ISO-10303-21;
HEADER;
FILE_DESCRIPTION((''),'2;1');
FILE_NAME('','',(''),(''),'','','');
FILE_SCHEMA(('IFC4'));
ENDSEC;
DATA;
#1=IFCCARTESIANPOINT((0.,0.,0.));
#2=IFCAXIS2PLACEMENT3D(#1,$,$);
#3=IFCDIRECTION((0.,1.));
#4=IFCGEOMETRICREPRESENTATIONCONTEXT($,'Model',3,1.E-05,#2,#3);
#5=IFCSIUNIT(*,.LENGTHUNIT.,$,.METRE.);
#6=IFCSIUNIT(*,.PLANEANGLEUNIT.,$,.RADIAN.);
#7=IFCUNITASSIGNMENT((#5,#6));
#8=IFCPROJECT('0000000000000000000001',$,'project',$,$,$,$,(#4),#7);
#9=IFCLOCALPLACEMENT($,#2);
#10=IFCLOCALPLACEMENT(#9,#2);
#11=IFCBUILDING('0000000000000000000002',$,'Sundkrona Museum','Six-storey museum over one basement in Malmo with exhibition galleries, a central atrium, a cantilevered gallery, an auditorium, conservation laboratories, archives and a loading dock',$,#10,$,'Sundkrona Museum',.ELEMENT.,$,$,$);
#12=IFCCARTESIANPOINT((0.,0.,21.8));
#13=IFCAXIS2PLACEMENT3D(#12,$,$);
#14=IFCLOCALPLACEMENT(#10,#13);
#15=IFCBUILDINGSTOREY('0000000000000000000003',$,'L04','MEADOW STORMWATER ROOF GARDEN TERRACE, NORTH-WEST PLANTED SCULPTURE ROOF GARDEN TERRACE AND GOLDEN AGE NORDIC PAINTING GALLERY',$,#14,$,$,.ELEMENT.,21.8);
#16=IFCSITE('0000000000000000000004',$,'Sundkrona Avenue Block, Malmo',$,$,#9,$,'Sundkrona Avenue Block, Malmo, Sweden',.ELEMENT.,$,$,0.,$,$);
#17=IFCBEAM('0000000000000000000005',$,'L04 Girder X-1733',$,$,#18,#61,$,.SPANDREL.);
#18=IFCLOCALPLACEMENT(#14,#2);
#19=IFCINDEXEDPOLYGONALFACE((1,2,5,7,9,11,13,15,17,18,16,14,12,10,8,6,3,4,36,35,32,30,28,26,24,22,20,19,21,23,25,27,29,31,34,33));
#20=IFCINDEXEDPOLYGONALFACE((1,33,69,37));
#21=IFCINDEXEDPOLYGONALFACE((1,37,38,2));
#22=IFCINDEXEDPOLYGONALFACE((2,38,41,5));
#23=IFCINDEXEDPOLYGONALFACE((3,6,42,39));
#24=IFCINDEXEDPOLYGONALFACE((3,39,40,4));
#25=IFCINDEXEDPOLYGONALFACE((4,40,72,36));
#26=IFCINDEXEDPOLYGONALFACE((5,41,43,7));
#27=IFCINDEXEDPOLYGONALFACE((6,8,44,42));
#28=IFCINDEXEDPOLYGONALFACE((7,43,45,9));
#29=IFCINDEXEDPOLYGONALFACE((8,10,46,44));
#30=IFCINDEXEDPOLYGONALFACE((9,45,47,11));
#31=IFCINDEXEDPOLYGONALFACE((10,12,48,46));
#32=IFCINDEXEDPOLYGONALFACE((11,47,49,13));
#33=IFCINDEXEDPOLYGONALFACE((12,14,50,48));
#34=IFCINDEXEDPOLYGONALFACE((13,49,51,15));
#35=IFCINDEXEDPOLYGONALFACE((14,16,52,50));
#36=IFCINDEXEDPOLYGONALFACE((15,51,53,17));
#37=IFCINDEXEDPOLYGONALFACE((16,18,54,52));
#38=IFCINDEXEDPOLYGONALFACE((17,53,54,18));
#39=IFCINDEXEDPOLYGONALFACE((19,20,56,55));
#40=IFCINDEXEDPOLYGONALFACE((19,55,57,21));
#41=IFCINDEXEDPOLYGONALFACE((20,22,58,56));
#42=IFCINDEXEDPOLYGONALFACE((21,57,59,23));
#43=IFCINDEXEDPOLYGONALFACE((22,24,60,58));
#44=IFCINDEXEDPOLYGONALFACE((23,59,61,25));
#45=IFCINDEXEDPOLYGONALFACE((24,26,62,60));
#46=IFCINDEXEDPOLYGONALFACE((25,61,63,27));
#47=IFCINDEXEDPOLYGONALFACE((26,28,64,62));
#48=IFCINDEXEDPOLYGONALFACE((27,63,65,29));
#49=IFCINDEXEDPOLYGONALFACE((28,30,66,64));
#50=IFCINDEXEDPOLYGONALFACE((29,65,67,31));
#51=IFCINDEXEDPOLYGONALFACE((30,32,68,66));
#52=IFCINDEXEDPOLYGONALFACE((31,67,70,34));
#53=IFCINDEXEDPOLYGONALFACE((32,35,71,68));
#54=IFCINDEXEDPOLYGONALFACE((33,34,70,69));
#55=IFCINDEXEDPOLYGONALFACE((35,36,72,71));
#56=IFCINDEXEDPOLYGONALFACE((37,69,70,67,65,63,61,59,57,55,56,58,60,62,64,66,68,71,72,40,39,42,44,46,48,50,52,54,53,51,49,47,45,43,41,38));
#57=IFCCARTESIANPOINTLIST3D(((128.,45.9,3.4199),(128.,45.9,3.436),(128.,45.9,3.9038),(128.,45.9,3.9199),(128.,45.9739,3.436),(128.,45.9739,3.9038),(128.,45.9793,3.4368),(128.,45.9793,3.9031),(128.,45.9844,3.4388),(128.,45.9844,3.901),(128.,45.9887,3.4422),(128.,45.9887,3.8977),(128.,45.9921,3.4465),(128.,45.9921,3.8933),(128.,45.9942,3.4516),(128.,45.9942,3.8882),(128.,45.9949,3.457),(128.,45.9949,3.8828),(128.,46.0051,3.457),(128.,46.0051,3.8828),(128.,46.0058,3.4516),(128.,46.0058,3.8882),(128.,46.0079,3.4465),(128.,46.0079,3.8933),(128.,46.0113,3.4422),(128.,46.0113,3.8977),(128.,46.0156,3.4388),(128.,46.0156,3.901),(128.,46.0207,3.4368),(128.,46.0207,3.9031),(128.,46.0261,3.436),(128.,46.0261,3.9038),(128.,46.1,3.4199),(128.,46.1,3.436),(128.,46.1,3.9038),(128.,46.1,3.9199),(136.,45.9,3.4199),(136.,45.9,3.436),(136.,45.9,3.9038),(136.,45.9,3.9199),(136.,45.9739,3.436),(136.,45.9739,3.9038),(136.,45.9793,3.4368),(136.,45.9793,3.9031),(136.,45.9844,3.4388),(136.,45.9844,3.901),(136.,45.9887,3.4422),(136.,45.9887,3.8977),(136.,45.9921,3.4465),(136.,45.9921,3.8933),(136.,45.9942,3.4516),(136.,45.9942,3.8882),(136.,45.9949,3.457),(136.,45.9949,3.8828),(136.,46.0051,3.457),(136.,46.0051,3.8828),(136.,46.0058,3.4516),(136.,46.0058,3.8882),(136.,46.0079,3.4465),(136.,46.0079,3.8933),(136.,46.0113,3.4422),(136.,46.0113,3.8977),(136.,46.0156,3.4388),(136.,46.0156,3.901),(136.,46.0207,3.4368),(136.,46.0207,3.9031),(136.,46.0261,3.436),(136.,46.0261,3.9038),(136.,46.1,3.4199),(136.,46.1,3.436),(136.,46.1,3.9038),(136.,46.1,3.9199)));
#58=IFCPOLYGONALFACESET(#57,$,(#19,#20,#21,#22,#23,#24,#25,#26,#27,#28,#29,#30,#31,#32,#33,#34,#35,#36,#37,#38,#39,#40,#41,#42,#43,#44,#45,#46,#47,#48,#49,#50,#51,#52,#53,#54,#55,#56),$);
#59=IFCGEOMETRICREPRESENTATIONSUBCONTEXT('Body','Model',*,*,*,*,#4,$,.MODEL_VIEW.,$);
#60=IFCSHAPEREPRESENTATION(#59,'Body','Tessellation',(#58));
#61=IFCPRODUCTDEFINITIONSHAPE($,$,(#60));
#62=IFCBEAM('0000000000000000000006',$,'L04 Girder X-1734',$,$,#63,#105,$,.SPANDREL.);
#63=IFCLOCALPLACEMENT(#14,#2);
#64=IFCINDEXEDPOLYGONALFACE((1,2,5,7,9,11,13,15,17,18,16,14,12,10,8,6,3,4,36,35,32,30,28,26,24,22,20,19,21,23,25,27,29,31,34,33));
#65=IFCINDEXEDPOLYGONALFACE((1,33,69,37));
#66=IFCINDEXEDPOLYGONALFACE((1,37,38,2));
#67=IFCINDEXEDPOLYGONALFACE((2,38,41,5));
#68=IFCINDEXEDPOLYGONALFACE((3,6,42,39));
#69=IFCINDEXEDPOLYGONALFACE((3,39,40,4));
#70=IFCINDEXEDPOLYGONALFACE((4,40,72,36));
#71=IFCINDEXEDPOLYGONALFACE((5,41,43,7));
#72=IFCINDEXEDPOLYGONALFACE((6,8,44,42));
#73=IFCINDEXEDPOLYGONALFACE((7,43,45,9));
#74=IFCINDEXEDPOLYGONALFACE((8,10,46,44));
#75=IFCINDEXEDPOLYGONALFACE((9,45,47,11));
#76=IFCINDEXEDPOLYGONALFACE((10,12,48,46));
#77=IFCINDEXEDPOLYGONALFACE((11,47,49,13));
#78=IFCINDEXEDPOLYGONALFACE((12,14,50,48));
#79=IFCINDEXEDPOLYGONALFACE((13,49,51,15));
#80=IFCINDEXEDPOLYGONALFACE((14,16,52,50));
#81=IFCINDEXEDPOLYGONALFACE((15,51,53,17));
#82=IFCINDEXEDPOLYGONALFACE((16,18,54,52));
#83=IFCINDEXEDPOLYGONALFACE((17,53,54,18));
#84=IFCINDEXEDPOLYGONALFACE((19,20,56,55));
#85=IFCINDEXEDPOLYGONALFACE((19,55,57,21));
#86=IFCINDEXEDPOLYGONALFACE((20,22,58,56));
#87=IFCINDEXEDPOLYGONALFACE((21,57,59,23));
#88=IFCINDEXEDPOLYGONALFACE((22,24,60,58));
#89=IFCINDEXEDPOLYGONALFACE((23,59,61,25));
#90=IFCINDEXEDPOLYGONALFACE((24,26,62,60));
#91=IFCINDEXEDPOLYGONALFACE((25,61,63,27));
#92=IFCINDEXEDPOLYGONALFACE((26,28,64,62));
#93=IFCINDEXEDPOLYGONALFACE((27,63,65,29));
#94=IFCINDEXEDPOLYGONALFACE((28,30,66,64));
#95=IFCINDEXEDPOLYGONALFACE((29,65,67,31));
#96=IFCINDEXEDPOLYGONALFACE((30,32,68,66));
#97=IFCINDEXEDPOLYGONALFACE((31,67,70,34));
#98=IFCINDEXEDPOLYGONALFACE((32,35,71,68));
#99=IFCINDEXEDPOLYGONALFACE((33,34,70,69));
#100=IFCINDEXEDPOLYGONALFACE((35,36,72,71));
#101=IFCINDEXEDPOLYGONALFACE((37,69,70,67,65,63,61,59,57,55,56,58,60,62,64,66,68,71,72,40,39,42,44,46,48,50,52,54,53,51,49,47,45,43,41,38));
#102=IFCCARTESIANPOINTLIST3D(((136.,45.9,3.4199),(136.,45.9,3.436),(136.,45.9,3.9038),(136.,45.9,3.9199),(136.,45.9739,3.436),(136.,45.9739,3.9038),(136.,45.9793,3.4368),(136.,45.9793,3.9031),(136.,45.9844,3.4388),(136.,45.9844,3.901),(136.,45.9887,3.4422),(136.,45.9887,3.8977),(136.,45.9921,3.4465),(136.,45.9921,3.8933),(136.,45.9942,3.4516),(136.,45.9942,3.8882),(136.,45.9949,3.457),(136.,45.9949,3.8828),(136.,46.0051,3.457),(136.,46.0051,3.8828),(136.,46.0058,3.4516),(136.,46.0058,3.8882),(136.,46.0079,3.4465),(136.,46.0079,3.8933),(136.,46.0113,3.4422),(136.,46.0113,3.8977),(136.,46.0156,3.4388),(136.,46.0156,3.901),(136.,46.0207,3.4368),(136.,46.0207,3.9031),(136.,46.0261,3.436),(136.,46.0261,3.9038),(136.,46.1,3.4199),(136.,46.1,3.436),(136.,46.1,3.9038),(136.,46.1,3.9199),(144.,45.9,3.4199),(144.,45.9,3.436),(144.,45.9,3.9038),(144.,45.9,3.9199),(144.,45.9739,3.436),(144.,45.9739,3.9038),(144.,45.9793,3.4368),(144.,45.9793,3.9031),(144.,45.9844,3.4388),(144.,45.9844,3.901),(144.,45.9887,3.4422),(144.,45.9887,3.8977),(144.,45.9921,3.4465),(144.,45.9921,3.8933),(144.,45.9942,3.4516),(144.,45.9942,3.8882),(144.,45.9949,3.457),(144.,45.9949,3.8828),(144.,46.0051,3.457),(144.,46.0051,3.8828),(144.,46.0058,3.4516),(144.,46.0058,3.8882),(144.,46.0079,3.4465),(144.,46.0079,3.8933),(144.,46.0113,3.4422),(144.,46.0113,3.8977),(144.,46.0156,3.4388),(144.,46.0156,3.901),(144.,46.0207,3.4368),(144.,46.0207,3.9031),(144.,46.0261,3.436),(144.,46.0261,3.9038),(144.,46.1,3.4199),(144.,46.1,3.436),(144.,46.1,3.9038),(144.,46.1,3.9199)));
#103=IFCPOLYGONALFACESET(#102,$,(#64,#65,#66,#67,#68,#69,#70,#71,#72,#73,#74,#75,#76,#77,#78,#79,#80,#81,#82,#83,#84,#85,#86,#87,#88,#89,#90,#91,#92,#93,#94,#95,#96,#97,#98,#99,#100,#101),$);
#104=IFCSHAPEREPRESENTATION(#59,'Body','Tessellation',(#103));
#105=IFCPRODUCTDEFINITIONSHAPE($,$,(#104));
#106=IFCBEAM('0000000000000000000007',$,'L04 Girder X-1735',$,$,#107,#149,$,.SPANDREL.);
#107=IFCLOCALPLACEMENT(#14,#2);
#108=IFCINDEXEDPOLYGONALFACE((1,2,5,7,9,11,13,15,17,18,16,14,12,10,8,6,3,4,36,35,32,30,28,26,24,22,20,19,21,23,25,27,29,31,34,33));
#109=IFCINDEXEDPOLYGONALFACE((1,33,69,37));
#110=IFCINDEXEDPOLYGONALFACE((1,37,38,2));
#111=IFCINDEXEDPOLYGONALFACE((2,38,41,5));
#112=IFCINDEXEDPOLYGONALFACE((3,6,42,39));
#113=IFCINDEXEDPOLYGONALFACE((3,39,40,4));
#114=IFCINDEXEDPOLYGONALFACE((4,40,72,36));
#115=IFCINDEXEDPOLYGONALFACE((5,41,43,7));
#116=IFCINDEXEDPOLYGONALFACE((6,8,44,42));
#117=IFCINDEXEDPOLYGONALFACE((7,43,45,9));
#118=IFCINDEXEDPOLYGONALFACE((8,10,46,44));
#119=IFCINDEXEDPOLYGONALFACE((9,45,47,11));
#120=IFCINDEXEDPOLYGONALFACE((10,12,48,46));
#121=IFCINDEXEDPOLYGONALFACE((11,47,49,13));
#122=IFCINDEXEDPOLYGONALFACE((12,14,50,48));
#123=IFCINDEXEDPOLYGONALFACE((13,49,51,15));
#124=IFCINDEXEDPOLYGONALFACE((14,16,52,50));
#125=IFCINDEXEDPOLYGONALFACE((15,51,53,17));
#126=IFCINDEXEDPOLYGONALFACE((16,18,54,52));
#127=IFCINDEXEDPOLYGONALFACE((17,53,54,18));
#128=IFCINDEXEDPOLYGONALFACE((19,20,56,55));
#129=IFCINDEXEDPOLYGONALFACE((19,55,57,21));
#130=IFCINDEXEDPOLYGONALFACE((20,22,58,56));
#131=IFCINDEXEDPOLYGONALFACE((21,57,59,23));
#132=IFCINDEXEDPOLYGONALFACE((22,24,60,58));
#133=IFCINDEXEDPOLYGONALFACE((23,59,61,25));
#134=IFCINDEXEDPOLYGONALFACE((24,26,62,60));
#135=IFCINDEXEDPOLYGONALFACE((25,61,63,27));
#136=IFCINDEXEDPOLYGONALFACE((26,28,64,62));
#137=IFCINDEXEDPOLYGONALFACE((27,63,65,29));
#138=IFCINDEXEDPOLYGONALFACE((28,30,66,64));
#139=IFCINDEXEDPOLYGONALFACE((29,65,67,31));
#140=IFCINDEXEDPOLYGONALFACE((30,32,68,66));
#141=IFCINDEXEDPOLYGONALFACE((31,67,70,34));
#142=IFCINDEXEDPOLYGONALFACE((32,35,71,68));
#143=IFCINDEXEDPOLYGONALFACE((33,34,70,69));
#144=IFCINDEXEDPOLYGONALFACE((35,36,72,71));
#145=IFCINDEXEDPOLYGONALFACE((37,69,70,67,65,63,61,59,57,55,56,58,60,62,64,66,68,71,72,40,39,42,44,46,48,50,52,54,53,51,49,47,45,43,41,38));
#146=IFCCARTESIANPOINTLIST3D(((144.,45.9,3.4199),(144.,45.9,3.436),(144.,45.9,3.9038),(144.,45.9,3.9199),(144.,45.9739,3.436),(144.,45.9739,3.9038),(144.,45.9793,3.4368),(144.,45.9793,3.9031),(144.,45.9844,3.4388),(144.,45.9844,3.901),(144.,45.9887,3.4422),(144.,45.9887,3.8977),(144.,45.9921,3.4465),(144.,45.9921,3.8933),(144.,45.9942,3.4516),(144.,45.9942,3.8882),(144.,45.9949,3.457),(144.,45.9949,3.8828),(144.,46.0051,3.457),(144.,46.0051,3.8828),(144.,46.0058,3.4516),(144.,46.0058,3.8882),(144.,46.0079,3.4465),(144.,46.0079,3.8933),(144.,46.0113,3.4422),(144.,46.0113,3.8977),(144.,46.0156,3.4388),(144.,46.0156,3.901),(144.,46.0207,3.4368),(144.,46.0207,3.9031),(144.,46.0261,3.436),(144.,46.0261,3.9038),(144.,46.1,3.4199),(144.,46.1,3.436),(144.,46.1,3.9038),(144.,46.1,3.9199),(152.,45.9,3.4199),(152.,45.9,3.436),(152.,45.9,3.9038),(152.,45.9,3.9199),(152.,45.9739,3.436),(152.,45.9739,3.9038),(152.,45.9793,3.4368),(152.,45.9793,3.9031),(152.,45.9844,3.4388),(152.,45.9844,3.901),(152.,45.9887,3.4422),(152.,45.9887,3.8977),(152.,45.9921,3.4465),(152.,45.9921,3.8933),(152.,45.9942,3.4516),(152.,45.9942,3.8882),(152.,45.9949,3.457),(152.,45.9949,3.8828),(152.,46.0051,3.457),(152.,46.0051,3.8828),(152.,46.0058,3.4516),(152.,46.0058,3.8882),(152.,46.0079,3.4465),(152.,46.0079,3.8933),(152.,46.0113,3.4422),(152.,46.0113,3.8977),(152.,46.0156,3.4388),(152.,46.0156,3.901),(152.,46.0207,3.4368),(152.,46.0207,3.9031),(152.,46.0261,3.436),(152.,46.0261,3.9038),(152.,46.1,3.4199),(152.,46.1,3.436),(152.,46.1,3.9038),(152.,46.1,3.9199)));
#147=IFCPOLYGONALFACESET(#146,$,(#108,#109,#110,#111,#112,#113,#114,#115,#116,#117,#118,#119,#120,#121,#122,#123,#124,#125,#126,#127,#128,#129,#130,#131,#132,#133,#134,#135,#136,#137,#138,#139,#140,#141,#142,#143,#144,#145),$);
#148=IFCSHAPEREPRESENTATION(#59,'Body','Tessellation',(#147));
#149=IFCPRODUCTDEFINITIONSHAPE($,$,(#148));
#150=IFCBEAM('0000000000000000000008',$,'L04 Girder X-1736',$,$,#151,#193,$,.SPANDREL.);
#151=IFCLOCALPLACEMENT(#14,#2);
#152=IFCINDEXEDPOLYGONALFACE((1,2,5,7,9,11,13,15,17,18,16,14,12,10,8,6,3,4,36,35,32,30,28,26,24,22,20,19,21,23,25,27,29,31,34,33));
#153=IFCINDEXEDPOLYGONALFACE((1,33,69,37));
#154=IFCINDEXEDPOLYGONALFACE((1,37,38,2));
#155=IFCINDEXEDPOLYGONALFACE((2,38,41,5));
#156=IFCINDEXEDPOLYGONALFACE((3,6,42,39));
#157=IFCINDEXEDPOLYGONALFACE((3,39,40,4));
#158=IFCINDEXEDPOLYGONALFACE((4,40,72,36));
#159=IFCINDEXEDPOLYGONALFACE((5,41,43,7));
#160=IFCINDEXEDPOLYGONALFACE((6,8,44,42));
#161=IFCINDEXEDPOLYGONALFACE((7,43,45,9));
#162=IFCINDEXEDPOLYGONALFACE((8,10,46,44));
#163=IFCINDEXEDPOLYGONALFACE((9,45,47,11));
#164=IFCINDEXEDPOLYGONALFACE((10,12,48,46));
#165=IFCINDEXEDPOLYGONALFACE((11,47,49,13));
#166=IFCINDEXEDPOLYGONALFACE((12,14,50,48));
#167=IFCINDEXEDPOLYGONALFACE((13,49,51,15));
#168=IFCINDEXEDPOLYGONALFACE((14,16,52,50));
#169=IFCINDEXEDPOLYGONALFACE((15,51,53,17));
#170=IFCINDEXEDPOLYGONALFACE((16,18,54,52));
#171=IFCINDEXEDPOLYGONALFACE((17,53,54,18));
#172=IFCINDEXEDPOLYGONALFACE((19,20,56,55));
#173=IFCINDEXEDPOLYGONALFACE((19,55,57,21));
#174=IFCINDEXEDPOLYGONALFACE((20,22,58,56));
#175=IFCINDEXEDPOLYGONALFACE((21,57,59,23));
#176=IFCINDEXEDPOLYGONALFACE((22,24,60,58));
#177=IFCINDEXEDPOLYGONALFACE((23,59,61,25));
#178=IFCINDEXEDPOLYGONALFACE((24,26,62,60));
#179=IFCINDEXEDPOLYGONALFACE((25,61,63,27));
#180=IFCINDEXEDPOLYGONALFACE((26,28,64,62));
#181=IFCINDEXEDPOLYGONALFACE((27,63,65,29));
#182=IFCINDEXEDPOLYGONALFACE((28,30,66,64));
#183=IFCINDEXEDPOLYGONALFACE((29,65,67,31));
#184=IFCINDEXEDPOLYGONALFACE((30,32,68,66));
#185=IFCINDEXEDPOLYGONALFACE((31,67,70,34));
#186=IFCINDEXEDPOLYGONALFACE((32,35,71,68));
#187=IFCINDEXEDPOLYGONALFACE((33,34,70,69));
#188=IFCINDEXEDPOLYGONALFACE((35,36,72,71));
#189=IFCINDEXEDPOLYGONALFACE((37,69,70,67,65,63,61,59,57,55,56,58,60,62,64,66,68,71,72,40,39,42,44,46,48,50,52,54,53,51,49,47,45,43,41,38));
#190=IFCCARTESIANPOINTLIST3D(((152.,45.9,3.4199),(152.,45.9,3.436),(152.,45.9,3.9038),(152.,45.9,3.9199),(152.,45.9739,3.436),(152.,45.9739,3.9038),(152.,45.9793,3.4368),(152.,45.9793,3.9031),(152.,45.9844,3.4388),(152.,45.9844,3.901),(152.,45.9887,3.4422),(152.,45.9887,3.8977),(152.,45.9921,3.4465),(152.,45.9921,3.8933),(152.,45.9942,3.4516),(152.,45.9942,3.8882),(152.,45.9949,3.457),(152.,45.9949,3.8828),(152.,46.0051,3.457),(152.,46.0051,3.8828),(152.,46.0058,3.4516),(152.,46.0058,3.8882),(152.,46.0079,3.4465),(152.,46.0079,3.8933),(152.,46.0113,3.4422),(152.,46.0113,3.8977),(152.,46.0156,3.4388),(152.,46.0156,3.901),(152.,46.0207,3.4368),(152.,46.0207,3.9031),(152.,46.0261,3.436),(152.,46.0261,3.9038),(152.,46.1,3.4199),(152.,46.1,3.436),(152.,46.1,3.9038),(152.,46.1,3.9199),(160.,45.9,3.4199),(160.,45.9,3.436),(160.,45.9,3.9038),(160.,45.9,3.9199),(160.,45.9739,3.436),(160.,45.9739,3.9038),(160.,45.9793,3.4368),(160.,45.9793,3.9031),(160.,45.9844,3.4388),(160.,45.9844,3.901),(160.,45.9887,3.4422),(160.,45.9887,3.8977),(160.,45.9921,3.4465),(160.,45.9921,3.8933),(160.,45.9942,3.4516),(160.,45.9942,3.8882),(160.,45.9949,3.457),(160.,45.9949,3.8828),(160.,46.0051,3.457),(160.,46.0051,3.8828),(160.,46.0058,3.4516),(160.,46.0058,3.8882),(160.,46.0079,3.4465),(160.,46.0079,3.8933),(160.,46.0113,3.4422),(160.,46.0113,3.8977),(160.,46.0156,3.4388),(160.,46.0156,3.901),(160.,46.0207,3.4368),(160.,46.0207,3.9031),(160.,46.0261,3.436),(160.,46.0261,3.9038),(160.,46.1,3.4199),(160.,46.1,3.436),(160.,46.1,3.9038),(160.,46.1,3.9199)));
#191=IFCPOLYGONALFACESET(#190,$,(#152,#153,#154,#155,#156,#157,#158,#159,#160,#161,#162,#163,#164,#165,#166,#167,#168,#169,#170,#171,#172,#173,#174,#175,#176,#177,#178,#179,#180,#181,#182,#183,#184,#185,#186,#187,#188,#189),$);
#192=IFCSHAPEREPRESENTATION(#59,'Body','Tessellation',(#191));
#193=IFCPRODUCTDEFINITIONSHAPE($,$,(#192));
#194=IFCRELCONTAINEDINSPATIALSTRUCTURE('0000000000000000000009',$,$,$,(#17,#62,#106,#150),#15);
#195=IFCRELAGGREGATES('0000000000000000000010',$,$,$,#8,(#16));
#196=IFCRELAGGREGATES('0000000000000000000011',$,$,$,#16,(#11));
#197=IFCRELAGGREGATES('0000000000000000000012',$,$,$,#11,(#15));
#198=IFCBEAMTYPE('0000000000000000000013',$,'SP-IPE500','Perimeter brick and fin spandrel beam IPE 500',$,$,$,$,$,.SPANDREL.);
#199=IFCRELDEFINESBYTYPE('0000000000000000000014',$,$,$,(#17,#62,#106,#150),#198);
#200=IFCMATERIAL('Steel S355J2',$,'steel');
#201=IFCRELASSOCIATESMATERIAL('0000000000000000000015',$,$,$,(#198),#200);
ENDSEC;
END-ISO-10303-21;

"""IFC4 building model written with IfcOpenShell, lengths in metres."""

from ifc_helpers import new_model, si_unit, direction, frame, origin, origin_2d, place, context, subcontext, project, spatial, i_section, extrude, material, material_profile, profile_set, type_object, element, save


model = new_model("IFC4")

# Units and contexts
model_context = context("Model", 3, precision=1e-05, world=origin(), true_north=direction((0.0, 1.0)))
body_context = subcontext(model_context, "Body", "Model", "MODEL_VIEW")
ifc_project = project(units=[si_unit("LENGTHUNIT", "METRE"), si_unit("PLANEANGLEUNIT", "RADIAN")], contexts=[model_context])

# Site, building, storey
site_placement = place(None, origin())
site = spatial("IfcSite", under=ifc_project, at=site_placement, Name="Sundkrona Avenue Block, Malmo", LongName="Sundkrona Avenue Block, Malmo, Sweden", CompositionType="ELEMENT", RefElevation=0.0)
building_placement = place(site_placement, origin())
building = spatial("IfcBuilding", under=site, at=building_placement, Name="Sundkrona Museum", Description="Six-storey museum over one basement in Malmo with exhibition galleries, a central atrium, a cantilevered gallery, an auditorium, conservation laboratories, archives and a loading dock", LongName="Sundkrona Museum", CompositionType="ELEMENT")
storey_placement = place(building_placement, frame((0.0, 0.0, 21.8)))
storey = spatial("IfcBuildingStorey", under=building, at=storey_placement, Name="L04", Description="MEADOW STORMWATER ROOF GARDEN TERRACE, NORTH-WEST PLANTED SCULPTURE ROOF GARDEN TERRACE AND GOLDEN AGE NORDIC PAINTING GALLERY", CompositionType="ELEMENT", Elevation=21.8)

# Shared definitions
ifc_material_1 = material(Name="Steel S355J2", Category="steel")

# Beams
ifc_material_profile_1 = material_profile(ifc_material_1, i_section(OverallWidth=0.2, OverallDepth=0.5, WebThickness=0.0103, FlangeThickness=0.0161, FilletRadius=0.021, at=origin_2d()), Name="IPE 500")
ifc_profile_set_1 = profile_set([ifc_material_profile_1], Name="Steel S355J2")
beam_type = type_object("IfcBeamType", Name="SP-IPE500", Description="Perimeter brick and fin spandrel beam IPE 500", PredefinedType="SPANDREL", material=ifc_profile_set_1)
for number, where, z_axis, x_axis, name in (
    (1, (128.0, 46.0, 3.6699), (1.0, 0.0, 0.0), (0.0, 1.0, 0.0), "L04 Girder X-1733"),
    (2, (136.0, 46.0, 3.6699), (1.0, 0.0, 0.0), (0.0, 1.0, 0.0), "L04 Girder X-1734"),
    (3, (144.0, 46.0, 3.6699), (1.0, 0.0, 0.0), (0.0, 1.0, 0.0), "L04 Girder X-1735"),
    (4, (152.0, 46.0, 3.6699), (1.0, 0.0, 0.0), (0.0, 1.0, 0.0), "L04 Girder X-1736"),
):
    element("IfcBeam", number, at=place(storey_placement, frame(where, z_axis=z_axis, x_axis=x_axis)), inside=storey, type_object=beam_type, Name=name, PredefinedType="SPANDREL", context=body_context, shape_type="SweptSolid", body=[
        extrude(i_section(OverallWidth=0.2, OverallDepth=0.5, WebThickness=0.0103, FlangeThickness=0.0161, FilletRadius=0.021, at=origin_2d()), origin(), (0.0, 0.0, 1.0), 8.0),
    ])

save(model, "model.ifc")
